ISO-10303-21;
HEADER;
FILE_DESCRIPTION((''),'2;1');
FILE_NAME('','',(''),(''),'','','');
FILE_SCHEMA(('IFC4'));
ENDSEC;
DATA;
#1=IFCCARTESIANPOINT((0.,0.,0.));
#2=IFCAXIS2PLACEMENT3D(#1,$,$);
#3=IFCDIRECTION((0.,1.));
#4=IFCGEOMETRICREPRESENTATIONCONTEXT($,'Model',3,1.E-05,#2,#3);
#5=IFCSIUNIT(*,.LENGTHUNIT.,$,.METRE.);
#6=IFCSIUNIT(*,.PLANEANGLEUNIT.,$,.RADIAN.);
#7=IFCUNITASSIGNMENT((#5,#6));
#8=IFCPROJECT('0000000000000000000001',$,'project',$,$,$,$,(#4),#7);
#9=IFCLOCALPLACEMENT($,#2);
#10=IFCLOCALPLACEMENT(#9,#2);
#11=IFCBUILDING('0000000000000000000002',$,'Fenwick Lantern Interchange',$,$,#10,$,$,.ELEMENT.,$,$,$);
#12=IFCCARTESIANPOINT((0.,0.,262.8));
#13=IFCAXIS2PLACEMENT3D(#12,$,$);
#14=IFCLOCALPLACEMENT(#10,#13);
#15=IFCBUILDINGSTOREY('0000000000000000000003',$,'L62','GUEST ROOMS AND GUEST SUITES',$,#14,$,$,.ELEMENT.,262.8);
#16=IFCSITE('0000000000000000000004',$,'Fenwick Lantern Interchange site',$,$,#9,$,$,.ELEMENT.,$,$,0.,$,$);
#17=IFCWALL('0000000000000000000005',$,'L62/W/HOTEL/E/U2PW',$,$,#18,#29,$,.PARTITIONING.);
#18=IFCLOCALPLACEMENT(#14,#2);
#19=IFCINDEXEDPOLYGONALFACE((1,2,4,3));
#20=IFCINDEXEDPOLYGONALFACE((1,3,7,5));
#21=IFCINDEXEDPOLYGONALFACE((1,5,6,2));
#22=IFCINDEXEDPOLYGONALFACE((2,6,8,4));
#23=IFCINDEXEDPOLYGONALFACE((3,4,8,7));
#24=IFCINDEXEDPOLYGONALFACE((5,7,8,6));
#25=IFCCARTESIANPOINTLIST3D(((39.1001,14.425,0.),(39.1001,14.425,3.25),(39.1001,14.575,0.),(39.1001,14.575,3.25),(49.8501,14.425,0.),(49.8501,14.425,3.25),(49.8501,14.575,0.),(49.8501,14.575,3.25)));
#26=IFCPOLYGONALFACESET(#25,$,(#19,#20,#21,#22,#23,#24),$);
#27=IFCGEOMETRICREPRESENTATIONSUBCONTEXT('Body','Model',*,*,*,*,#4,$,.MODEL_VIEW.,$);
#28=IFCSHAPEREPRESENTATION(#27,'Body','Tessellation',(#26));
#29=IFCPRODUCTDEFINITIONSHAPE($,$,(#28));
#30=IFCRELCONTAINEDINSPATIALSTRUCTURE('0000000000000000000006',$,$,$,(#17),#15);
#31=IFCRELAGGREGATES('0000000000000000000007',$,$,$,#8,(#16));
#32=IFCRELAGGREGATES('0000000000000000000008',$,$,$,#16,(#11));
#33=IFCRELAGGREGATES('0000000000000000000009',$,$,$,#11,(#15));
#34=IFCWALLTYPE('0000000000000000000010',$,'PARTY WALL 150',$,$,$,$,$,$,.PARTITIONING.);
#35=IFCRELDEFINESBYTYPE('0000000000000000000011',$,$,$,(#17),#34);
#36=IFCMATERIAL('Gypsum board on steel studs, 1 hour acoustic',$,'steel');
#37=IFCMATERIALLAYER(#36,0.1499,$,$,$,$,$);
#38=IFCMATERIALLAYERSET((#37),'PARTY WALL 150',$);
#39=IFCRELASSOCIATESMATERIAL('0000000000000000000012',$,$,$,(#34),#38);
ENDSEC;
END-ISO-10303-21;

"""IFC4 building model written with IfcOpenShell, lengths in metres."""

from ifc_helpers import new_model, si_unit, direction, frame, frame_2d, origin, place, context, subcontext, project, spatial, rectangle, extrude, material, layer, layer_set, type_object, element, save


model = new_model("IFC4")

# Units and contexts
model_context = context("Model", 3, precision=1e-05, world=origin(), true_north=direction((0.0, 1.0)))
body_context = subcontext(model_context, "Body", "Model", "MODEL_VIEW")
ifc_project = project(units=[si_unit("LENGTHUNIT", "METRE"), si_unit("PLANEANGLEUNIT", "RADIAN")], contexts=[model_context])

# Site, building, storey
site_placement = place(None, origin())
site = spatial("IfcSite", under=ifc_project, at=site_placement, Name="Fenwick Lantern Interchange site", CompositionType="ELEMENT", RefElevation=0.0)
building_placement = place(site_placement, origin())
building = spatial("IfcBuilding", under=site, at=building_placement, Name="Fenwick Lantern Interchange", CompositionType="ELEMENT")
storey_placement = place(building_placement, frame((0.0, 0.0, 262.8)))
storey = spatial("IfcBuildingStorey", under=building, at=storey_placement, Name="L62", Description="GUEST ROOMS AND GUEST SUITES", CompositionType="ELEMENT", Elevation=262.8)

# Wall
ifc_material_1 = material(Name="Gypsum board on steel studs, 1 hour acoustic", Category="steel")
ifc_layer_1 = layer(ifc_material_1, 0.1499)
ifc_layer_set_1 = layer_set([ifc_layer_1], Name="PARTY WALL 150")
wall_type_1 = type_object("IfcWallType", Name="PARTY WALL 150", PredefinedType="PARTITIONING", material=ifc_layer_set_1)
wall_1_placement = place(storey_placement, frame((49.8501, 14.5, 0.0), z_axis=(0.0, 0.0, 1.0), x_axis=(-1.0, 0.0, 0.0)))
element("IfcWall", 1, at=wall_1_placement, inside=storey, type_object=wall_type_1, Name="L62/W/HOTEL/E/U2PW", PredefinedType="PARTITIONING", context=body_context, shape_type="SweptSolid", body=[
    extrude(rectangle(XDim=10.75, YDim=0.1499, at=frame_2d((5.375, 0.0))), origin(), (0.0, 0.0, 1.0), 3.25),
])

save(model, "model.ifc")
